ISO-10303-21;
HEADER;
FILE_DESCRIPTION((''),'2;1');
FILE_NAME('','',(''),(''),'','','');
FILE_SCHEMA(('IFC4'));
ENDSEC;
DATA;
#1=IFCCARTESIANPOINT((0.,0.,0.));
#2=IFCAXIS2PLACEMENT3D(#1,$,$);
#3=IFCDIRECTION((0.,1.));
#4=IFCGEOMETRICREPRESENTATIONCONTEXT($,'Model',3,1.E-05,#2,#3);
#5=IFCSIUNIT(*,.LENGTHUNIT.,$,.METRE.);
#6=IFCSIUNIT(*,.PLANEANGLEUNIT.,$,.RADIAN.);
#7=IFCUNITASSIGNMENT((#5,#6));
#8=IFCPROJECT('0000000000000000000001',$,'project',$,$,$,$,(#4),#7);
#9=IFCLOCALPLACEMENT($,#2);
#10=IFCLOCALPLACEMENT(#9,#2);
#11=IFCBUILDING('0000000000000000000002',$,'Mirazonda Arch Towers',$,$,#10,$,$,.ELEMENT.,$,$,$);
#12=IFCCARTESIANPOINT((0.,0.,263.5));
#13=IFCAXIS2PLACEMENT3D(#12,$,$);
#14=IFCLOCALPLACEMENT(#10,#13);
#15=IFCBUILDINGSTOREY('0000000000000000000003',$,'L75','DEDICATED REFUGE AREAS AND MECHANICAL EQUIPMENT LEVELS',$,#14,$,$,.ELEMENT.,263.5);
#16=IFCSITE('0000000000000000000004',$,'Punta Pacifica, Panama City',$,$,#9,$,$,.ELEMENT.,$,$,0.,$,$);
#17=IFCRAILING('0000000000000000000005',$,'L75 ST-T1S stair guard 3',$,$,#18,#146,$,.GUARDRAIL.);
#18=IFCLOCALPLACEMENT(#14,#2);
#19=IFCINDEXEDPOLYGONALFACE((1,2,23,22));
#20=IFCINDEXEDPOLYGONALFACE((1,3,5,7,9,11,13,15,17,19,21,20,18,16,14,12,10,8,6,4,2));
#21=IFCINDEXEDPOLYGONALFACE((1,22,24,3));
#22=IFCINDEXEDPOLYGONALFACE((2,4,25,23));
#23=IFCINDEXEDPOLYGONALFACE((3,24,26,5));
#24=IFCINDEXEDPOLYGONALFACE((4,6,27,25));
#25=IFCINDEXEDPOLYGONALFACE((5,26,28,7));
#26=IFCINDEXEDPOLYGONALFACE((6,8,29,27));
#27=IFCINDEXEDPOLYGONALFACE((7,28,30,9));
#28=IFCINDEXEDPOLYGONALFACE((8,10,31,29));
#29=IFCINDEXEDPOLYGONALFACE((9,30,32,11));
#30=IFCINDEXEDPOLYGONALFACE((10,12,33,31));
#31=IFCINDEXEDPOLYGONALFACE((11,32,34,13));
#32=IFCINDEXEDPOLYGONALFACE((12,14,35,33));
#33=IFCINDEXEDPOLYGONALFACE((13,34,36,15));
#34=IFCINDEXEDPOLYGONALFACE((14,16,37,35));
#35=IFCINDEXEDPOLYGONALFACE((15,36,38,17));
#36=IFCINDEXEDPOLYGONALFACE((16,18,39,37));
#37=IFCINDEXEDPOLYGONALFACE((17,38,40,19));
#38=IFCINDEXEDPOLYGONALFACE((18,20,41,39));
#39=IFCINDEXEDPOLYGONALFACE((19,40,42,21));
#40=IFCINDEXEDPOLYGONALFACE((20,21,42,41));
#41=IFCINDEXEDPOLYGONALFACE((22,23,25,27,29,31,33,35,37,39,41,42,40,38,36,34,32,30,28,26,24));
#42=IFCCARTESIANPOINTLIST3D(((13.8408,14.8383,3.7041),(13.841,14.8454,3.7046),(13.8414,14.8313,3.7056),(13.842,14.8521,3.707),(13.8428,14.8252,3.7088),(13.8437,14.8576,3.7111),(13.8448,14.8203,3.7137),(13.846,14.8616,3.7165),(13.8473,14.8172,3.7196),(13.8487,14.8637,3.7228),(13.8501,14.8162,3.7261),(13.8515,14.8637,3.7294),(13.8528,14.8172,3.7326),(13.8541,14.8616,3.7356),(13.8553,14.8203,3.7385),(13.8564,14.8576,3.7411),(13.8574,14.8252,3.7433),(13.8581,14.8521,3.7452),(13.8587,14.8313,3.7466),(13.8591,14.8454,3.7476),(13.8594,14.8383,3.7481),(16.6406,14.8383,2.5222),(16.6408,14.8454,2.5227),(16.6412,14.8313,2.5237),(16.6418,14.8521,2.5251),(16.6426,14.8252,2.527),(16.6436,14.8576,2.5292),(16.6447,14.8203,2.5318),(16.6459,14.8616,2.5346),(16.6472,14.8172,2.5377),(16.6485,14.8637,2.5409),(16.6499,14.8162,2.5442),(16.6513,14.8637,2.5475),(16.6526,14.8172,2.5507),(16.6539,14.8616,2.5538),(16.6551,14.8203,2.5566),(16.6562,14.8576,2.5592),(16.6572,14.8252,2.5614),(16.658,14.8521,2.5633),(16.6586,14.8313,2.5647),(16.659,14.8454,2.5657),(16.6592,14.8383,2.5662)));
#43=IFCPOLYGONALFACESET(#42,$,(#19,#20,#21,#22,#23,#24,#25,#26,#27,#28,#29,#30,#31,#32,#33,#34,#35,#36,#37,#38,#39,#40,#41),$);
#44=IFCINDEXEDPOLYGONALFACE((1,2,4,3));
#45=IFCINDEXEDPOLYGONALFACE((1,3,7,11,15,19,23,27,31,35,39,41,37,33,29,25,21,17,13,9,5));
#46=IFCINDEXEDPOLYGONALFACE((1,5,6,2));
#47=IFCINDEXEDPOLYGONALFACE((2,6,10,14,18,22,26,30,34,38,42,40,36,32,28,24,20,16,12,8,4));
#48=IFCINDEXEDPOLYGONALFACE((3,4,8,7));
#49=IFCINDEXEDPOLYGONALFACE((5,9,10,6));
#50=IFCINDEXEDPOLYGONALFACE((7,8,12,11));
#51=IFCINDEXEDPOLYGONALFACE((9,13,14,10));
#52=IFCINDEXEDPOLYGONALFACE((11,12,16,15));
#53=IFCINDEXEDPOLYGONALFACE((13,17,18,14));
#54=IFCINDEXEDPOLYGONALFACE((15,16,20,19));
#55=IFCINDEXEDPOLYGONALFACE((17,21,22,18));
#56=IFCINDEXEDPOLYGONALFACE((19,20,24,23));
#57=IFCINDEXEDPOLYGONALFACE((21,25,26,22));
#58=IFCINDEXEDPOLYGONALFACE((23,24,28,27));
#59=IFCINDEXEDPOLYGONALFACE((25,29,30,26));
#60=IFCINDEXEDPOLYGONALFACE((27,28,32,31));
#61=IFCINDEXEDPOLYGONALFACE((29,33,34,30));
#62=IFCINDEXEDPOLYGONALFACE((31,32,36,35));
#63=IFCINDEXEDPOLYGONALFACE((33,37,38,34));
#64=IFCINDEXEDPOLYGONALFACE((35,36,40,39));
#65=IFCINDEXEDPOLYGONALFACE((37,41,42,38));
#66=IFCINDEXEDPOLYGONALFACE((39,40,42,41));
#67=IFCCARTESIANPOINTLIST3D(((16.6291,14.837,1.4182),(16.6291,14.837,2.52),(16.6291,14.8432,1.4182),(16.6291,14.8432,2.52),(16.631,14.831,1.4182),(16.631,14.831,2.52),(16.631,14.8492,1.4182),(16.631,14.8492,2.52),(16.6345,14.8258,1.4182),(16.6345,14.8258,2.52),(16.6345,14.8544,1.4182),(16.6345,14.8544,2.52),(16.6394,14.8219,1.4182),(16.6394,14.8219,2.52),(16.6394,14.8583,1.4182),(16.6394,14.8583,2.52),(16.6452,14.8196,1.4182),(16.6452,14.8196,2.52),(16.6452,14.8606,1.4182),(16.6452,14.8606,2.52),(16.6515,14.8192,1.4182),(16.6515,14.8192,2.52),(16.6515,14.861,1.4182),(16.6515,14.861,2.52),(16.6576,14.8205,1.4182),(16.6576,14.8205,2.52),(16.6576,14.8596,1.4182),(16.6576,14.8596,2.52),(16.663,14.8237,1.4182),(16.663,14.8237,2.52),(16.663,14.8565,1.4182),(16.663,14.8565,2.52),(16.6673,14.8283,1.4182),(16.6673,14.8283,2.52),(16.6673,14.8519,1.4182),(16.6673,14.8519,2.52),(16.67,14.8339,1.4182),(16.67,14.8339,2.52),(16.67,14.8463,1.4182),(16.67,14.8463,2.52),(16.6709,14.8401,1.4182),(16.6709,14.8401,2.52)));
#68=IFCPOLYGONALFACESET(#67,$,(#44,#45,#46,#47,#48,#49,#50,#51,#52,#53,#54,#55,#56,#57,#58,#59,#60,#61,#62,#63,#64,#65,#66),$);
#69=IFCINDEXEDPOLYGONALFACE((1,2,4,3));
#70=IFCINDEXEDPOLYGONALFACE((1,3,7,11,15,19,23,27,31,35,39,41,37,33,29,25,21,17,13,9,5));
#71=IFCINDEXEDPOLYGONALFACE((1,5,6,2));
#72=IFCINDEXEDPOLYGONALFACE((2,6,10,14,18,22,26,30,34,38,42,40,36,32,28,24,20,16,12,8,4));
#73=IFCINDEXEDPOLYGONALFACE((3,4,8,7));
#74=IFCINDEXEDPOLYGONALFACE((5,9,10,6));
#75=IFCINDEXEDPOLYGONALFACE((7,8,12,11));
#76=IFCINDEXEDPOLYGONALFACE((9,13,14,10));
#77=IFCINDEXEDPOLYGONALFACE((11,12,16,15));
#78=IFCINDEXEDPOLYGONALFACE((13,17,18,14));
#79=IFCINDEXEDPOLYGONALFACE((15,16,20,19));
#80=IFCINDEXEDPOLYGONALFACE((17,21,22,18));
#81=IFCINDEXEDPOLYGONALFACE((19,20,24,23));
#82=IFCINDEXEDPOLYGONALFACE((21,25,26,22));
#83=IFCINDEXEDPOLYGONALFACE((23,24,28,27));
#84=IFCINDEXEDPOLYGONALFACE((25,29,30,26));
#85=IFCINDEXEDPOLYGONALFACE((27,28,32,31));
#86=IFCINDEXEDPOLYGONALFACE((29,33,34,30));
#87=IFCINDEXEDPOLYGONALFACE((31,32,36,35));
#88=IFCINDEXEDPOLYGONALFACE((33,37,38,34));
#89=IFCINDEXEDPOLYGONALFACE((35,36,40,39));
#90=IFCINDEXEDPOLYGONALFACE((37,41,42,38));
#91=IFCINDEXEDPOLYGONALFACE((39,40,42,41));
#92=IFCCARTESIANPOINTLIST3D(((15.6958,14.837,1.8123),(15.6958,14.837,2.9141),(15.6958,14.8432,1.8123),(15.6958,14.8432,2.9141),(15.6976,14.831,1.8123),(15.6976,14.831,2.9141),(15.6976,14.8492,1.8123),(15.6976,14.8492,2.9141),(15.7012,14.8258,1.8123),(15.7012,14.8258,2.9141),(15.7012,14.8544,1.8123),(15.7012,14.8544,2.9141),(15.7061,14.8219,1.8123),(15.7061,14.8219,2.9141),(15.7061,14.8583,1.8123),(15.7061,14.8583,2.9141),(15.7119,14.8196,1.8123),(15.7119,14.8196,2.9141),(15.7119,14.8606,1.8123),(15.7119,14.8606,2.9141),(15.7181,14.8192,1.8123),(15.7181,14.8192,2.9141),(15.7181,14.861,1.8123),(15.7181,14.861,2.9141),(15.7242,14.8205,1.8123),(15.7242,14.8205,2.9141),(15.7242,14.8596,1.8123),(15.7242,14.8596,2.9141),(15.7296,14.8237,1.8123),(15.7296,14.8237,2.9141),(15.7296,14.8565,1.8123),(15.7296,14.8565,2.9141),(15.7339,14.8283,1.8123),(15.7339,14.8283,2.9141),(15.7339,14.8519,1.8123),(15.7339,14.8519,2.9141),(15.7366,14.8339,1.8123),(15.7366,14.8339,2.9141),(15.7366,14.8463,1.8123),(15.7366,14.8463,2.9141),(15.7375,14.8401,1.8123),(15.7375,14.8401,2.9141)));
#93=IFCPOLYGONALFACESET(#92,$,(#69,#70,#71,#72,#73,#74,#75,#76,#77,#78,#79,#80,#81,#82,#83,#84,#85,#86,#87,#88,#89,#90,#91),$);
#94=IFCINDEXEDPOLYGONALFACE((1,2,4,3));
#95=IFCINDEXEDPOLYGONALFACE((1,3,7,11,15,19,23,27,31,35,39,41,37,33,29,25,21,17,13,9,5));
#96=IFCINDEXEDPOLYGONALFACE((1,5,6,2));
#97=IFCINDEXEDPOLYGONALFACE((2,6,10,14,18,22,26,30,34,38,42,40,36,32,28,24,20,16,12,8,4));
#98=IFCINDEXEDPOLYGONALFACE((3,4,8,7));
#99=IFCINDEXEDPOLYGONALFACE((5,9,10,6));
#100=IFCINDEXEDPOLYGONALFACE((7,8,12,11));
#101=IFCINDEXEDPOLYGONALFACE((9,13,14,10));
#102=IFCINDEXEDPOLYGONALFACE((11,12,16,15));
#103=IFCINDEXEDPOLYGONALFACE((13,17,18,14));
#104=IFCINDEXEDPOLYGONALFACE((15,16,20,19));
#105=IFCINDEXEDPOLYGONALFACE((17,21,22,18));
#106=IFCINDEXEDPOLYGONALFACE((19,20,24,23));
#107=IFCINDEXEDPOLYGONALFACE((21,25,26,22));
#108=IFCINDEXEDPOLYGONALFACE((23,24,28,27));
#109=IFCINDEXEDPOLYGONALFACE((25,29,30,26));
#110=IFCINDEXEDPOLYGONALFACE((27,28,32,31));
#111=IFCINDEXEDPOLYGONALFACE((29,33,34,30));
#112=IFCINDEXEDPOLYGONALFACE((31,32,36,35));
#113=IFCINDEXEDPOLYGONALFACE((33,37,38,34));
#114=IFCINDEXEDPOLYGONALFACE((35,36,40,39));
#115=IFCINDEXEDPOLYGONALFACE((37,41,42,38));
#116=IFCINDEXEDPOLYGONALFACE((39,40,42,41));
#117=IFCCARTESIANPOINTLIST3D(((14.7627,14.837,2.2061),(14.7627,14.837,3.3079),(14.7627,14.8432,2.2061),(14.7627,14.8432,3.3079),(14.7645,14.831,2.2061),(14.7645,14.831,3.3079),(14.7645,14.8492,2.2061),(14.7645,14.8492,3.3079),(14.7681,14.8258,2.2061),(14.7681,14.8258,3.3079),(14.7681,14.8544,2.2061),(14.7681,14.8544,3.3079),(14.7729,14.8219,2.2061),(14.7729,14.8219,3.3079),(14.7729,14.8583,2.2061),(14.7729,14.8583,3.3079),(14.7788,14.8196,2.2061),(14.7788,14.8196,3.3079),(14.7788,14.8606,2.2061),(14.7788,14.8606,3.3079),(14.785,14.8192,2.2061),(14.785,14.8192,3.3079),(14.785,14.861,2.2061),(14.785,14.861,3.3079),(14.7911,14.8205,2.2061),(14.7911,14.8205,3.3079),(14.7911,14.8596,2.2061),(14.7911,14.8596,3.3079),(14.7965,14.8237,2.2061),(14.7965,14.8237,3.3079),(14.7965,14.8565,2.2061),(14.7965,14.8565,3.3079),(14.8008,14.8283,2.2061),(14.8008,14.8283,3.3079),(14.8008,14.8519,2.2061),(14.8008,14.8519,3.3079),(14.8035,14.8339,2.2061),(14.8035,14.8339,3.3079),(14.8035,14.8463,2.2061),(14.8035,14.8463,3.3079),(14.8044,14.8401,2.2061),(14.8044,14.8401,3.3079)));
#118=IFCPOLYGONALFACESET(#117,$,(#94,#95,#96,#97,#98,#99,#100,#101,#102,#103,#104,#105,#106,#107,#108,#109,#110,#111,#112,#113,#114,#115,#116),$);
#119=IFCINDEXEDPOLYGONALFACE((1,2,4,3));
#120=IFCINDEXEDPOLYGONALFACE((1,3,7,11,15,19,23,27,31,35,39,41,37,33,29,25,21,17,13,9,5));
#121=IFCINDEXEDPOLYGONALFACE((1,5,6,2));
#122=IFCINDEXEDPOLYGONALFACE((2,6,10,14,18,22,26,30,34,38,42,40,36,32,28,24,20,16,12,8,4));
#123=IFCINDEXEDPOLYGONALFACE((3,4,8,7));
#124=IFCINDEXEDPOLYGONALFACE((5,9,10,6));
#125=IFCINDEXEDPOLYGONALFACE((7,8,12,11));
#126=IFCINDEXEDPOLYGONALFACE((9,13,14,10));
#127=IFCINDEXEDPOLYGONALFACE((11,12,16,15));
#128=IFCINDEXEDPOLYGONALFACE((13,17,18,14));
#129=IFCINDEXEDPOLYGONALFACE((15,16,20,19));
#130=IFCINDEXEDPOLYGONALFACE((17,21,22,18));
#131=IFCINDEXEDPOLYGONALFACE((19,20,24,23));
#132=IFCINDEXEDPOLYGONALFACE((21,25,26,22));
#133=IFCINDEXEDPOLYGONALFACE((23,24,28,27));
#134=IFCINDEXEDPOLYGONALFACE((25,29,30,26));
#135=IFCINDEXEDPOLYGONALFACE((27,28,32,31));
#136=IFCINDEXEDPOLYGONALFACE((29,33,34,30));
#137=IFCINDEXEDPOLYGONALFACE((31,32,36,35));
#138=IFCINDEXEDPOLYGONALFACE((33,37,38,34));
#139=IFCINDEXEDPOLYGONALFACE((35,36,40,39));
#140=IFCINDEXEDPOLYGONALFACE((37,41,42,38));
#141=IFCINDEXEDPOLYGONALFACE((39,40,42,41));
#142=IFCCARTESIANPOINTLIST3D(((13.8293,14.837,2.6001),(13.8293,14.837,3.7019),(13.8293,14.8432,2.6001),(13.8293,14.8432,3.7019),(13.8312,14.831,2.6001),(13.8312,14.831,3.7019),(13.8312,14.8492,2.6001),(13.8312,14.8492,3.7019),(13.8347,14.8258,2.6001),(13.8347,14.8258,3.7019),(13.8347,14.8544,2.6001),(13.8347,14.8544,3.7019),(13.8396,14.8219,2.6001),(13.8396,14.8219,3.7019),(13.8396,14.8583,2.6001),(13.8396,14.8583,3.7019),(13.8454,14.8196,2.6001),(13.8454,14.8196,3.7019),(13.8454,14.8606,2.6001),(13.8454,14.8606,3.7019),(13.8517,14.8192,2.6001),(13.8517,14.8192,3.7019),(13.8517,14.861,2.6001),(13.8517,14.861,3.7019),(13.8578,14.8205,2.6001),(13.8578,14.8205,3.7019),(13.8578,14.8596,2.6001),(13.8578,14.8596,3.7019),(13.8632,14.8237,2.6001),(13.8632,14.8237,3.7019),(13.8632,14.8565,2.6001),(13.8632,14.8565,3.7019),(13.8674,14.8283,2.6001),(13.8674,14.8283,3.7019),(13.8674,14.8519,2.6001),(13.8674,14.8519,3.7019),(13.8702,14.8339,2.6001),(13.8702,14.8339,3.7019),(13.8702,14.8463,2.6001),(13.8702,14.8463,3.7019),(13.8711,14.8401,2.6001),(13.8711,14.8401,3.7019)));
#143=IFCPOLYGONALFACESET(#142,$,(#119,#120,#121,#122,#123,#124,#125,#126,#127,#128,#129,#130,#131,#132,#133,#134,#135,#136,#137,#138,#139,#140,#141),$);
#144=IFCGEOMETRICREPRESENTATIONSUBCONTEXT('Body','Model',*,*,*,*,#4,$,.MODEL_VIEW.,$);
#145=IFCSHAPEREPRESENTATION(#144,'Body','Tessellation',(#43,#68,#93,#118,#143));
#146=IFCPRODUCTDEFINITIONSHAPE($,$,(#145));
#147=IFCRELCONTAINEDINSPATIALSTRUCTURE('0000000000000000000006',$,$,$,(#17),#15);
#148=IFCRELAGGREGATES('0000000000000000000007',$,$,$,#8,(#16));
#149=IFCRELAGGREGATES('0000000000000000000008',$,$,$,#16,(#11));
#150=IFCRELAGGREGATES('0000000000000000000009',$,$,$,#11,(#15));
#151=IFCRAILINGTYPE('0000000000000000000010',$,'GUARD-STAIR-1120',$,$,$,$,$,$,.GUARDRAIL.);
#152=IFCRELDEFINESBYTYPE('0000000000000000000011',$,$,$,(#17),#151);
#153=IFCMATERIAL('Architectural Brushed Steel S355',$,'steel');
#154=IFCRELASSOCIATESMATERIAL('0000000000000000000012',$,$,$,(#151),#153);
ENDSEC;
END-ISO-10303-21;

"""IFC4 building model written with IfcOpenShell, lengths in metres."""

from ifc_helpers import new_model, si_unit, direction, frame, origin, origin_2d, place, context, subcontext, project, spatial, circle, extrude, material, type_object, element, save


model = new_model("IFC4")

# Units and contexts
model_context = context("Model", 3, precision=1e-05, world=origin(), true_north=direction((0.0, 1.0)))
body_context = subcontext(model_context, "Body", "Model", "MODEL_VIEW")
ifc_project = project(units=[si_unit("LENGTHUNIT", "METRE"), si_unit("PLANEANGLEUNIT", "RADIAN")], contexts=[model_context])

# Site, building, storey
site_placement = place(None, origin())
site = spatial("IfcSite", under=ifc_project, at=site_placement, Name="Punta Pacifica, Panama City", CompositionType="ELEMENT", RefElevation=0.0)
building_placement = place(site_placement, origin())
building = spatial("IfcBuilding", under=site, at=building_placement, Name="Mirazonda Arch Towers", CompositionType="ELEMENT")
storey_placement = place(building_placement, frame((0.0, 0.0, 263.5)))
storey = spatial("IfcBuildingStorey", under=building, at=storey_placement, Name="L75", Description="DEDICATED REFUGE AREAS AND MECHANICAL EQUIPMENT LEVELS", CompositionType="ELEMENT", Elevation=263.5)

# Railing
ifc_material_1 = material(Name="Architectural Brushed Steel S355", Category="steel")
railing_type_1 = type_object("IfcRailingType", Name="GUARD-STAIR-1120", PredefinedType="GUARDRAIL", material=ifc_material_1)
railing_1_placement = place(storey_placement, frame((16.6499, 14.8401, 1.4182)))
element("IfcRailing", 1, at=railing_1_placement, inside=storey, type_object=railing_type_1, Name="L75 ST-T1S stair guard 3", PredefinedType="GUARDRAIL", context=body_context, shape_type="SweptSolid", body=[
    extrude(circle(Radius=0.0239, at=origin_2d()), frame((0.0, 0.0, 1.126), z_axis=(-0.92128, 0.0, 0.388901), x_axis=(0.0, -1.0, 0.0)), (0.0, 0.0, 1.0), 3.0391),
    extrude(circle(Radius=0.021, at=origin_2d()), origin(), (0.0, 0.0, 1.0), 1.1018),
    extrude(circle(Radius=0.021, at=origin_2d()), frame((-0.9333, 0.0, 0.394)), (0.0, 0.0, 1.0), 1.1018),
    extrude(circle(Radius=0.021, at=origin_2d()), frame((-1.8665, 0.0, 0.7878)), (0.0, 0.0, 1.0), 1.1018),
    extrude(circle(Radius=0.021, at=origin_2d()), frame((-2.7998, 0.0, 1.1819)), (0.0, 0.0, 1.0), 1.1018),
])

save(model, "model.ifc")
